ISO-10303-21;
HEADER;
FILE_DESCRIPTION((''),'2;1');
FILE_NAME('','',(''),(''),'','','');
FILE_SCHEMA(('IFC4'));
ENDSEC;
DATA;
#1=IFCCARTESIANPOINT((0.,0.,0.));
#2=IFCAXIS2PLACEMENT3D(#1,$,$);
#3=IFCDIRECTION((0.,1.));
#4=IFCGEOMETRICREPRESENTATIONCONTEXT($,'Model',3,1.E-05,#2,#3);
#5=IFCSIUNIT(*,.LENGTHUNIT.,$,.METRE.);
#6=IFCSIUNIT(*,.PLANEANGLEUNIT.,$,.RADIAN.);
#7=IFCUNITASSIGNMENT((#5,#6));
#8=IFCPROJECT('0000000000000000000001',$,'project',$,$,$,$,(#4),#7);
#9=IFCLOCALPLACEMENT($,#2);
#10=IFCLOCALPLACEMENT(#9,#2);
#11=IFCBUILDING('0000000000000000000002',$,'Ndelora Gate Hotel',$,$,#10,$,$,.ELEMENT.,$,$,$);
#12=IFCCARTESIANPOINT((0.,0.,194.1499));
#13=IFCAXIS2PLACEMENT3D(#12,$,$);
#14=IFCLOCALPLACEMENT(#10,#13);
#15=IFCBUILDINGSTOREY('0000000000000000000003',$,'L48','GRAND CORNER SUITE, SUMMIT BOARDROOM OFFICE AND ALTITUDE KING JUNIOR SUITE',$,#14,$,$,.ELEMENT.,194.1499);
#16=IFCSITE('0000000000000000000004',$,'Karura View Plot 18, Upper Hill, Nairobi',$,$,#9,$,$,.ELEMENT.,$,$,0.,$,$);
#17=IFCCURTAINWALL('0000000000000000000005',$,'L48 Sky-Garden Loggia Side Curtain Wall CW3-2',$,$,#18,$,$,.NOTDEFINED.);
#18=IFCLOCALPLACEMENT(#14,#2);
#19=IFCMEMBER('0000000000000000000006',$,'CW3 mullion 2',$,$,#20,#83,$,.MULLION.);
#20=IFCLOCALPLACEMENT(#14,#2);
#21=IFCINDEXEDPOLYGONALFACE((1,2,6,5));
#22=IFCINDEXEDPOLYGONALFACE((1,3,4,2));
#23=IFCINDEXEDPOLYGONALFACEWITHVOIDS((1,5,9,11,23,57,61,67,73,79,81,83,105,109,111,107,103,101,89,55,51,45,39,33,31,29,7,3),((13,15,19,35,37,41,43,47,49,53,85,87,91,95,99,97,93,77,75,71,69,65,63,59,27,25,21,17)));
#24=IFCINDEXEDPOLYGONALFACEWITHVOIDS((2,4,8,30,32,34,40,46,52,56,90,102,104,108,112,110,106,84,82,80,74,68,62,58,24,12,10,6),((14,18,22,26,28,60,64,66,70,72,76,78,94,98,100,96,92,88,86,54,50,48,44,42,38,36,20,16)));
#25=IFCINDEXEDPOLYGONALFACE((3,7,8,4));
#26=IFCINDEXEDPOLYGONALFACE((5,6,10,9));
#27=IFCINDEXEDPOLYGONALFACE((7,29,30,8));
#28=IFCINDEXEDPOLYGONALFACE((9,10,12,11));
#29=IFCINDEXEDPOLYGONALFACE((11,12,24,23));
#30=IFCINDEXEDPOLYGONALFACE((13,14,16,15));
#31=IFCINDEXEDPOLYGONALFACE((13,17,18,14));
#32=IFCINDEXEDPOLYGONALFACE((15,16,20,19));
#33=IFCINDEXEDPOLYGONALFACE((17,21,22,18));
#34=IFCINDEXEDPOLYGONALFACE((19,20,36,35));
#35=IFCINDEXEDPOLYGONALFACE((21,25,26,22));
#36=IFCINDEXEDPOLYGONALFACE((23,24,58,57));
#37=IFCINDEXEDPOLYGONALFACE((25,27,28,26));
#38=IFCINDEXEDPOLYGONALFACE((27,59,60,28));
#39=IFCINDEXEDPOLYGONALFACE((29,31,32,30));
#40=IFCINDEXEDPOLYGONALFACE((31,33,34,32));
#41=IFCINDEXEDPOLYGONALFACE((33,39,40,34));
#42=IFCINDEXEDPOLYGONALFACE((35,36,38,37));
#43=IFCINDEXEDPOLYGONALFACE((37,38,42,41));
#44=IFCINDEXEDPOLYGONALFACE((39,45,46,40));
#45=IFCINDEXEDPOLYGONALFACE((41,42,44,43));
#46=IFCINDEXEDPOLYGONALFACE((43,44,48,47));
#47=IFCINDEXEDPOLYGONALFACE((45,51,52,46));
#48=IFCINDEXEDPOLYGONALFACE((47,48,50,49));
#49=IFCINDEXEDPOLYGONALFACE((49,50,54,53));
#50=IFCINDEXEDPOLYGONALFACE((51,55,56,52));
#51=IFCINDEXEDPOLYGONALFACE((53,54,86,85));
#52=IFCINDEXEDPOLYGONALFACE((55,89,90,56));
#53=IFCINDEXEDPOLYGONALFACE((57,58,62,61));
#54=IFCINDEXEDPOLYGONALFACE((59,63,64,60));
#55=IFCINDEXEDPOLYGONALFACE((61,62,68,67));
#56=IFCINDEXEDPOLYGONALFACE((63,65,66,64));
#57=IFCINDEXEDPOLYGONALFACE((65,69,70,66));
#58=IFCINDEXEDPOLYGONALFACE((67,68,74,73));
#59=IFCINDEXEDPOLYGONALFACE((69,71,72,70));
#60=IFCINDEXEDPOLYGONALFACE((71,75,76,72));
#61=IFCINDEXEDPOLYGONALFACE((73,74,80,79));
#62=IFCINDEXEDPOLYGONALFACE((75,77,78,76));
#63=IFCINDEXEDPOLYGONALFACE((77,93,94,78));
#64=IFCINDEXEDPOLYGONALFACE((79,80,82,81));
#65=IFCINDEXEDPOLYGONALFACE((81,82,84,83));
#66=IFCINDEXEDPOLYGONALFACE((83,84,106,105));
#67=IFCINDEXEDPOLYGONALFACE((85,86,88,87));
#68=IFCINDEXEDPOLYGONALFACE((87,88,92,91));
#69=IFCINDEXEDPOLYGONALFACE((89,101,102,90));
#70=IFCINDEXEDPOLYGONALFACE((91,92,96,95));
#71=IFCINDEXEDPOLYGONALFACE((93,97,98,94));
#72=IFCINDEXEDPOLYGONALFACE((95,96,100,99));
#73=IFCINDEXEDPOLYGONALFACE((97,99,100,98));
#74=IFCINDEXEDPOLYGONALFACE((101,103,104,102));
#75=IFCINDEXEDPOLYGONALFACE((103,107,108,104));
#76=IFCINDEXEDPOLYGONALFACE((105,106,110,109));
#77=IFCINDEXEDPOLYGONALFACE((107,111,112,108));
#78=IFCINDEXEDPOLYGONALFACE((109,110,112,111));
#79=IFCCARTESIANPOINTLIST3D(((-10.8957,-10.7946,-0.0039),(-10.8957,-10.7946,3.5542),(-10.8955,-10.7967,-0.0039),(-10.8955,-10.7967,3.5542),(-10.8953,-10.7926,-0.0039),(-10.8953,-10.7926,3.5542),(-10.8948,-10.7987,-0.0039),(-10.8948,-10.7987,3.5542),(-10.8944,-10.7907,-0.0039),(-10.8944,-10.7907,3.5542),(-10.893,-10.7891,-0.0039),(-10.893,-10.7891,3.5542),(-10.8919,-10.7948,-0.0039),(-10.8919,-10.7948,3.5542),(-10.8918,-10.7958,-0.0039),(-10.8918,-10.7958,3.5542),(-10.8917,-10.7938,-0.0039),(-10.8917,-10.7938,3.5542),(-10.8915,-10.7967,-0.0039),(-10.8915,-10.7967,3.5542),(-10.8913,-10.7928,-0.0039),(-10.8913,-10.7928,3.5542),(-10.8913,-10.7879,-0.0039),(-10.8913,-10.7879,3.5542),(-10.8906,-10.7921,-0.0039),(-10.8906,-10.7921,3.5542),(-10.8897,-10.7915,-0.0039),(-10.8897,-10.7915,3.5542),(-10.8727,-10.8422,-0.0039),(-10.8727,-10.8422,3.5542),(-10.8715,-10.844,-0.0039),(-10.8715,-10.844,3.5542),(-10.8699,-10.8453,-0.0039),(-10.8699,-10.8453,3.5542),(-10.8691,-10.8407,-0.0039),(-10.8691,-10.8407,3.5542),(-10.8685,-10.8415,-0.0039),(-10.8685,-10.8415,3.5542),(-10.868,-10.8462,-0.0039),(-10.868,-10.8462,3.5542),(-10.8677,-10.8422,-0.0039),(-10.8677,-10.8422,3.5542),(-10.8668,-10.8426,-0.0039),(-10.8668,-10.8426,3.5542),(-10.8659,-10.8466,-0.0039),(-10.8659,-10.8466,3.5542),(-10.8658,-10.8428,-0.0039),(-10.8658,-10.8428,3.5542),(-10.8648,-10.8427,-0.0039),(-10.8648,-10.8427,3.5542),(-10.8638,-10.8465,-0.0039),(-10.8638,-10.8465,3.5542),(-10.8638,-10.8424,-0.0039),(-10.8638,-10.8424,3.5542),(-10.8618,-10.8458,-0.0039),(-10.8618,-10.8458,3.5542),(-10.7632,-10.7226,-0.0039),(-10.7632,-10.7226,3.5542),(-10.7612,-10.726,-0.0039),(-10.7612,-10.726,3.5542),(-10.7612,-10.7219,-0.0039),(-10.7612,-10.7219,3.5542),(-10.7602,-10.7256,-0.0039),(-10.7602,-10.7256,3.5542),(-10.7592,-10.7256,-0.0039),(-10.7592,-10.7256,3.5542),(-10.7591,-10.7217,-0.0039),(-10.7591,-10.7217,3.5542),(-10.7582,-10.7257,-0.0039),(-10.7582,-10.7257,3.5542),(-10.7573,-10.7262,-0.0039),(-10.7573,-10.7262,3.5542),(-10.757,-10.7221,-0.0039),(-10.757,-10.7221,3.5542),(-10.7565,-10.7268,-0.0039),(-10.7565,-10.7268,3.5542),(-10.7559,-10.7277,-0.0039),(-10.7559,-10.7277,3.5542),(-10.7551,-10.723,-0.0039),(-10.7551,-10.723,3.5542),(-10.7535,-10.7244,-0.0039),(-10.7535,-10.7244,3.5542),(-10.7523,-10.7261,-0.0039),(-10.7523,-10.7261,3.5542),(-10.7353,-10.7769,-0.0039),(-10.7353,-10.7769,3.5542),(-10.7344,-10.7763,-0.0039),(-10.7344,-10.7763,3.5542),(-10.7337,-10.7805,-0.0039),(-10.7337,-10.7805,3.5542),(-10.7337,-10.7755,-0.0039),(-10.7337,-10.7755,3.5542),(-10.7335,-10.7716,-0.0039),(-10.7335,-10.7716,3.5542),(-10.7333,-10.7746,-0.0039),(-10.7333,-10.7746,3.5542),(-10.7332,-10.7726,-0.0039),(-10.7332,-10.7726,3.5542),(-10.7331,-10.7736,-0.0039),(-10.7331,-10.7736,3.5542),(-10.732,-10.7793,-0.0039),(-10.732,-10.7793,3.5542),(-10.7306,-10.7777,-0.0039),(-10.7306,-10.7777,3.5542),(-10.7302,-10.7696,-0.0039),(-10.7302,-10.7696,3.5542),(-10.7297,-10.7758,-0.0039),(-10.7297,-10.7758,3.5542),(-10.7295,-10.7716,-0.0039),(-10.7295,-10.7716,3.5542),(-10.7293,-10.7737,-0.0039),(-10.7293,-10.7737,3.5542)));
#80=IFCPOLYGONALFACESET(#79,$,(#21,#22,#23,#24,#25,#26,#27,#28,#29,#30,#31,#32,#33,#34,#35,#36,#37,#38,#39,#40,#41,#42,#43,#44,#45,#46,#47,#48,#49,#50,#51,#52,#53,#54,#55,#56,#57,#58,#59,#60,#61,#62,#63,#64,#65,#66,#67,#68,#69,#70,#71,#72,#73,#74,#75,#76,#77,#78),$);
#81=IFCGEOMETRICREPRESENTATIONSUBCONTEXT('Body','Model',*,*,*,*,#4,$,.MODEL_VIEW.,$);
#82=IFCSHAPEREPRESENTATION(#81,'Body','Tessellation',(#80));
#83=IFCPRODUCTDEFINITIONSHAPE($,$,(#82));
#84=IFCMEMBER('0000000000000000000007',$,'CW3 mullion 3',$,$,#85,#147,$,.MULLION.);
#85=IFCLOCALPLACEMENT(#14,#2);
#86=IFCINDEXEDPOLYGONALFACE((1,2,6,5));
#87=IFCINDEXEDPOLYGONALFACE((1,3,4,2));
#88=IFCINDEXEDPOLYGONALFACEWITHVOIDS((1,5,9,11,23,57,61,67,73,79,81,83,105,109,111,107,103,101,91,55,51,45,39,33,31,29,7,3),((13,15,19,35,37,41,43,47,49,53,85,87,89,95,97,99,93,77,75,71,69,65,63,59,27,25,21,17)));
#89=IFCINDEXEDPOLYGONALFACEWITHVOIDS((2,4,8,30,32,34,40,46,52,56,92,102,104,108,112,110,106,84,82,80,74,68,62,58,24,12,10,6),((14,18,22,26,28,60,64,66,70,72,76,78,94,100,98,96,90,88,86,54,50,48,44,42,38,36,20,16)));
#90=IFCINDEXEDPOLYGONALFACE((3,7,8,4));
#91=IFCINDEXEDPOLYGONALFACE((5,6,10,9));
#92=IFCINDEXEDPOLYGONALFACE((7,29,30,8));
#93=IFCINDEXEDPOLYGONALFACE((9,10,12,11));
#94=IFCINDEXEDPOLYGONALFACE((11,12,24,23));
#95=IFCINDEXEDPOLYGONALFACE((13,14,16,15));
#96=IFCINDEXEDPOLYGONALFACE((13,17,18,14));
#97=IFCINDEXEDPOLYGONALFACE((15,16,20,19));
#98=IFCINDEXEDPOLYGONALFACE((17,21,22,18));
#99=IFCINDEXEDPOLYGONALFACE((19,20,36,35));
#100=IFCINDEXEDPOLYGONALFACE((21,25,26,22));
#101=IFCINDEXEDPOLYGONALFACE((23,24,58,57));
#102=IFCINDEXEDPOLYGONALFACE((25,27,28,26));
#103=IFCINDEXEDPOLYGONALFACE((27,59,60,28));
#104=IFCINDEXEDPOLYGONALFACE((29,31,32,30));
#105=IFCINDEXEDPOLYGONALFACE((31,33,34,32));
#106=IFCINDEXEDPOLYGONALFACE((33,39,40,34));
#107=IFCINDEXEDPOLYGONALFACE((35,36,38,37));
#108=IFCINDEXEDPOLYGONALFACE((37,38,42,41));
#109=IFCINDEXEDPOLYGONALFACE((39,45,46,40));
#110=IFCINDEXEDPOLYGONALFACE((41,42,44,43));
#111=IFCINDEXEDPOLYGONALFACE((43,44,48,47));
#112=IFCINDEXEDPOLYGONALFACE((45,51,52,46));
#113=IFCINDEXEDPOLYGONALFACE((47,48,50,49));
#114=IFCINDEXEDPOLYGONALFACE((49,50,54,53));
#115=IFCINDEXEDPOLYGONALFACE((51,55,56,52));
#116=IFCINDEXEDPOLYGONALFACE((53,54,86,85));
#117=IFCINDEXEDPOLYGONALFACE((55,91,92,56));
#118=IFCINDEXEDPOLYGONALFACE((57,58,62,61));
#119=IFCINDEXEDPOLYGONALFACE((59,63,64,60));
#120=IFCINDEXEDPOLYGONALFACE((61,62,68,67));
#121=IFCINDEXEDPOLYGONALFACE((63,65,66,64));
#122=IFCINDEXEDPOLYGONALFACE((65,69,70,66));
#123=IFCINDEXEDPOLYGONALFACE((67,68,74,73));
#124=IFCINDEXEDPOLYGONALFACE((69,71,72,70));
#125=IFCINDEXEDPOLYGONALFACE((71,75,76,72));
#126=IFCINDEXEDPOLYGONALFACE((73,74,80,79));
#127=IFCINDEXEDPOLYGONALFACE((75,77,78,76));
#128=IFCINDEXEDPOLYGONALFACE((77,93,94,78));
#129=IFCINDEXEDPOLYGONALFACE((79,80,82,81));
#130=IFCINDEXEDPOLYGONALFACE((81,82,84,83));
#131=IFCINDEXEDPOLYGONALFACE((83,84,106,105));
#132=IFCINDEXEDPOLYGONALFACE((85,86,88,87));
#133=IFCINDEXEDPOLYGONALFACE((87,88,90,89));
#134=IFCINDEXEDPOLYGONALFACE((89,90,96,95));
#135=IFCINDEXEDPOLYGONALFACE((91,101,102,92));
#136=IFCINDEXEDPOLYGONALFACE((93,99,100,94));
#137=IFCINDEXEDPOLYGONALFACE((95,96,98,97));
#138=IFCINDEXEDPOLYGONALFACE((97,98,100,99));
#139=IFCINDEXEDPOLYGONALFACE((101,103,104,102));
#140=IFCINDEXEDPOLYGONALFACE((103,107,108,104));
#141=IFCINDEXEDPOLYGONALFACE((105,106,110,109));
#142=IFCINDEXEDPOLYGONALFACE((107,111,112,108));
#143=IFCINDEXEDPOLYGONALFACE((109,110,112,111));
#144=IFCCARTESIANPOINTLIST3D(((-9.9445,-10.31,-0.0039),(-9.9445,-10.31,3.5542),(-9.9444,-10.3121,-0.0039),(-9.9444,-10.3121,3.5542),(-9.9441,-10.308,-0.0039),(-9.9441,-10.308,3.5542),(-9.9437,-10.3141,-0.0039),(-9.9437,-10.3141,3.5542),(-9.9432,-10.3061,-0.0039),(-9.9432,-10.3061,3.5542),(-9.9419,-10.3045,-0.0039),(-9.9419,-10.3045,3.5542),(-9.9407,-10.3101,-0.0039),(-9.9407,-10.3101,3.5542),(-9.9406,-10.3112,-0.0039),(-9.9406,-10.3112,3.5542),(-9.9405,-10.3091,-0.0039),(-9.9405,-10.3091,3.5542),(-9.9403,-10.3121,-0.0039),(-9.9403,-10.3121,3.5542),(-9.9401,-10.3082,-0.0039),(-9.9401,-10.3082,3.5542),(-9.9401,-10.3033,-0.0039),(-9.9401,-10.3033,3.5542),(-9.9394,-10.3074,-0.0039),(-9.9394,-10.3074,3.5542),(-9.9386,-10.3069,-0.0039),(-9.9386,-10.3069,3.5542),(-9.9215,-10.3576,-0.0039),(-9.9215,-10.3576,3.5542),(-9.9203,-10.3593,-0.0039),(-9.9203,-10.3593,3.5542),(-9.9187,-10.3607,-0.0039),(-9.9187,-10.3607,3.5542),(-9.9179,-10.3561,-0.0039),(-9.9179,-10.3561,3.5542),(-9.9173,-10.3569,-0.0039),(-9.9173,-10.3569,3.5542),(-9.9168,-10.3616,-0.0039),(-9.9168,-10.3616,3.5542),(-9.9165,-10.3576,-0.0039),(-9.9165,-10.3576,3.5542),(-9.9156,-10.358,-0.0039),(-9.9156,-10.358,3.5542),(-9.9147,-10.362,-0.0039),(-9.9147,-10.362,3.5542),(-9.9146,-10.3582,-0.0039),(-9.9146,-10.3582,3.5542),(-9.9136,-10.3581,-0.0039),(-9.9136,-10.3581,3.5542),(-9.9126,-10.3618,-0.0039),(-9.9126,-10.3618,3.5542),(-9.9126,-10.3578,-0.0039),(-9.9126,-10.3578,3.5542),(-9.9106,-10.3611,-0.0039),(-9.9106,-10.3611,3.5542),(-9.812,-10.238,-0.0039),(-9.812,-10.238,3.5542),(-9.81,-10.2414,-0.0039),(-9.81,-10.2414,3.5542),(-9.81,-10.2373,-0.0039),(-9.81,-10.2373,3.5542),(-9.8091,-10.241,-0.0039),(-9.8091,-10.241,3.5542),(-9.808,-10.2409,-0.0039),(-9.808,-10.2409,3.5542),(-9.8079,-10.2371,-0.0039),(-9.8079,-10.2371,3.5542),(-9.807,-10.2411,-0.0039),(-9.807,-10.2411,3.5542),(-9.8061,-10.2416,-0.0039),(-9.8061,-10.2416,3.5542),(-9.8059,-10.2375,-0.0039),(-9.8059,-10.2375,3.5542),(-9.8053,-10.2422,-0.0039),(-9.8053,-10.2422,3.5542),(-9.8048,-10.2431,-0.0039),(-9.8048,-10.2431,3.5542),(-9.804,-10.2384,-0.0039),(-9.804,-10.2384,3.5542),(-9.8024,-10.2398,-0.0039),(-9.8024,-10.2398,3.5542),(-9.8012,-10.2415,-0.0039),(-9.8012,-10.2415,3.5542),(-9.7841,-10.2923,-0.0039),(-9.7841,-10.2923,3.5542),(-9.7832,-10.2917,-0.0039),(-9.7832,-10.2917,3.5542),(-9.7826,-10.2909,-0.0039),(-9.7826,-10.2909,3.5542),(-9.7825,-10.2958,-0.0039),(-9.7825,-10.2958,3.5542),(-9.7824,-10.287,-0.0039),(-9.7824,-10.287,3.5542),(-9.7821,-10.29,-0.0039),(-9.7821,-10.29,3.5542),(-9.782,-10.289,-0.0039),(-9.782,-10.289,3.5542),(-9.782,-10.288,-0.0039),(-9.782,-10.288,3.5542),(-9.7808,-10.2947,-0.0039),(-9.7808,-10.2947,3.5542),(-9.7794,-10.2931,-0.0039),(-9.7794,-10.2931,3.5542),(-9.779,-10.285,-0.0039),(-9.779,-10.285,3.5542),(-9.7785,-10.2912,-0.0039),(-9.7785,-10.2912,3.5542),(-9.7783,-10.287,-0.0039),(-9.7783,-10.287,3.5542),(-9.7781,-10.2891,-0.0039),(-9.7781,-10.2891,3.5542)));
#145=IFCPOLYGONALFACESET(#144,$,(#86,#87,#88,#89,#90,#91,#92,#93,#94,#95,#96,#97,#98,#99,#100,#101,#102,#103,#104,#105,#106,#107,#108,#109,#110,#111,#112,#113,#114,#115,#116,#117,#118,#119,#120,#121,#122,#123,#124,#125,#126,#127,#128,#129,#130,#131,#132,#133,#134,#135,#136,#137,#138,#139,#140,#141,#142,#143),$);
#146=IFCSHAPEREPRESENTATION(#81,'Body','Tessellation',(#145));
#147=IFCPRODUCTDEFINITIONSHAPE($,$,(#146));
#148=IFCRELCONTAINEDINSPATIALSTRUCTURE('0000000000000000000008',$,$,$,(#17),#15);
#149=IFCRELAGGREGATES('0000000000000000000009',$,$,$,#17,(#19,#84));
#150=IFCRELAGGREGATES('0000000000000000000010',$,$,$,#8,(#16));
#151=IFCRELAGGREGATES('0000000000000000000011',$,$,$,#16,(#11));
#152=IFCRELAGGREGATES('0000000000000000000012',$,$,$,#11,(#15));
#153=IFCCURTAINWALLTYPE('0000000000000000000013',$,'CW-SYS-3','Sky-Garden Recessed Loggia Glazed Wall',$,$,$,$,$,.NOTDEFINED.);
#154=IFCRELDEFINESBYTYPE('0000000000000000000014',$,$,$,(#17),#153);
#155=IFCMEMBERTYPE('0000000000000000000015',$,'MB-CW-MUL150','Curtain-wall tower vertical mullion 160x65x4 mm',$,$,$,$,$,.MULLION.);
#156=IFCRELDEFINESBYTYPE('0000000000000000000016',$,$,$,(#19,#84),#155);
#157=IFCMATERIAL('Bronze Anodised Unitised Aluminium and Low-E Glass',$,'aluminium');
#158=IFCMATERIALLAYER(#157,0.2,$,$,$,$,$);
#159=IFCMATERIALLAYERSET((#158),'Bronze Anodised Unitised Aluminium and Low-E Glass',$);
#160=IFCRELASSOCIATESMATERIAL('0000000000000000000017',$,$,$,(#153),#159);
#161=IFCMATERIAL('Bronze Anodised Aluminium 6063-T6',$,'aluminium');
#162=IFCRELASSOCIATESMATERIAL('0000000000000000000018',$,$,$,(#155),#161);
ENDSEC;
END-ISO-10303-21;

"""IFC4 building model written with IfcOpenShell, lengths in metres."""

from ifc_helpers import new_model, si_unit, direction, frame, origin, origin_2d, place, context, subcontext, project, spatial, hollow_rectangle, extrude, material, layer, layer_set, material_profile, profile_set, type_object, element, aggregate, save


model = new_model("IFC4")

# Units and contexts
model_context = context("Model", 3, precision=1e-05, world=origin(), true_north=direction((0.0, 1.0)))
body_context = subcontext(model_context, "Body", "Model", "MODEL_VIEW")
ifc_project = project(units=[si_unit("LENGTHUNIT", "METRE"), si_unit("PLANEANGLEUNIT", "RADIAN")], contexts=[model_context])

# Site, building, storey
site_placement = place(None, origin())
site = spatial("IfcSite", under=ifc_project, at=site_placement, Name="Karura View Plot 18, Upper Hill, Nairobi", CompositionType="ELEMENT", RefElevation=0.0)
building_placement = place(site_placement, origin())
building = spatial("IfcBuilding", under=site, at=building_placement, Name="Ndelora Gate Hotel", CompositionType="ELEMENT")
storey_placement = place(building_placement, frame((0.0, 0.0, 194.1499)))
storey = spatial("IfcBuildingStorey", under=building, at=storey_placement, Name="L48", Description="GRAND CORNER SUITE, SUMMIT BOARDROOM OFFICE AND ALTITUDE KING JUNIOR SUITE", CompositionType="ELEMENT", Elevation=194.1499)

# Curtain wall, members
ifc_material_1 = material(Name="Bronze Anodised Unitised Aluminium and Low-E Glass", Category="aluminium")
ifc_layer_1 = layer(ifc_material_1, 0.2)
ifc_layer_set_1 = layer_set([ifc_layer_1], Name="Bronze Anodised Unitised Aluminium and Low-E Glass")
curtain_wall_type = type_object("IfcCurtainWallType", Name="CW-SYS-3", Description="Sky-Garden Recessed Loggia Glazed Wall", PredefinedType="NOTDEFINED", material=ifc_layer_set_1)
curtain_wall_placement = place(storey_placement, origin())
curtain_wall = element("IfcCurtainWall", 1, at=curtain_wall_placement, inside=storey, type_object=curtain_wall_type, Name="L48 Sky-Garden Loggia Side Curtain Wall CW3-2", PredefinedType="NOTDEFINED")
ifc_material_2 = material(Name="Bronze Anodised Aluminium 6063-T6", Category="aluminium")
ifc_material_profile_1 = material_profile(ifc_material_2, hollow_rectangle(XDim=0.0649, YDim=0.1599, WallThickness=0.0039, InnerFilletRadius=0.0039, OuterFilletRadius=0.0081, at=origin_2d()), Name="ALU 160x65x4")
ifc_profile_set_1 = profile_set([ifc_material_profile_1], Name="Bronze Anodised Aluminium 6063-T6")
member_type_1 = type_object("IfcMemberType", Name="MB-CW-MUL150", Description="Curtain-wall tower vertical mullion 160x65x4 mm", PredefinedType="MULLION", material=ifc_profile_set_1)
member_1_placement = place(storey_placement, frame((-10.8125, -10.7842, -0.0039), z_axis=(0.0, 0.0, 1.0), x_axis=(-0.454001, 0.891001, 0.0)))
member_1 = element("IfcMember", 2, at=member_1_placement, type_object=member_type_1, Name="CW3 mullion 2", PredefinedType="MULLION", context=body_context, shape_type="SweptSolid", body=[
    extrude(hollow_rectangle(XDim=0.0649, YDim=0.1599, WallThickness=0.0039, InnerFilletRadius=0.0039, OuterFilletRadius=0.0081, at=origin_2d()), origin(), (0.0, 0.0, 1.0), 3.5581),
])
member_2_placement = place(storey_placement, frame((-9.8613, -10.2996, -0.0039), z_axis=(0.0, 0.0, 1.0), x_axis=(-0.454001, 0.891001, 0.0)))
member_2 = element("IfcMember", 3, at=member_2_placement, type_object=member_type_1, Name="CW3 mullion 3", PredefinedType="MULLION", context=body_context, shape_type="SweptSolid", body=[
    extrude(hollow_rectangle(XDim=0.0649, YDim=0.1599, WallThickness=0.0039, InnerFilletRadius=0.0039, OuterFilletRadius=0.0081, at=origin_2d()), origin(), (0.0, 0.0, 1.0), 3.5581),
])
aggregate(curtain_wall, [member_1, member_2])

save(model, "model.ifc")
